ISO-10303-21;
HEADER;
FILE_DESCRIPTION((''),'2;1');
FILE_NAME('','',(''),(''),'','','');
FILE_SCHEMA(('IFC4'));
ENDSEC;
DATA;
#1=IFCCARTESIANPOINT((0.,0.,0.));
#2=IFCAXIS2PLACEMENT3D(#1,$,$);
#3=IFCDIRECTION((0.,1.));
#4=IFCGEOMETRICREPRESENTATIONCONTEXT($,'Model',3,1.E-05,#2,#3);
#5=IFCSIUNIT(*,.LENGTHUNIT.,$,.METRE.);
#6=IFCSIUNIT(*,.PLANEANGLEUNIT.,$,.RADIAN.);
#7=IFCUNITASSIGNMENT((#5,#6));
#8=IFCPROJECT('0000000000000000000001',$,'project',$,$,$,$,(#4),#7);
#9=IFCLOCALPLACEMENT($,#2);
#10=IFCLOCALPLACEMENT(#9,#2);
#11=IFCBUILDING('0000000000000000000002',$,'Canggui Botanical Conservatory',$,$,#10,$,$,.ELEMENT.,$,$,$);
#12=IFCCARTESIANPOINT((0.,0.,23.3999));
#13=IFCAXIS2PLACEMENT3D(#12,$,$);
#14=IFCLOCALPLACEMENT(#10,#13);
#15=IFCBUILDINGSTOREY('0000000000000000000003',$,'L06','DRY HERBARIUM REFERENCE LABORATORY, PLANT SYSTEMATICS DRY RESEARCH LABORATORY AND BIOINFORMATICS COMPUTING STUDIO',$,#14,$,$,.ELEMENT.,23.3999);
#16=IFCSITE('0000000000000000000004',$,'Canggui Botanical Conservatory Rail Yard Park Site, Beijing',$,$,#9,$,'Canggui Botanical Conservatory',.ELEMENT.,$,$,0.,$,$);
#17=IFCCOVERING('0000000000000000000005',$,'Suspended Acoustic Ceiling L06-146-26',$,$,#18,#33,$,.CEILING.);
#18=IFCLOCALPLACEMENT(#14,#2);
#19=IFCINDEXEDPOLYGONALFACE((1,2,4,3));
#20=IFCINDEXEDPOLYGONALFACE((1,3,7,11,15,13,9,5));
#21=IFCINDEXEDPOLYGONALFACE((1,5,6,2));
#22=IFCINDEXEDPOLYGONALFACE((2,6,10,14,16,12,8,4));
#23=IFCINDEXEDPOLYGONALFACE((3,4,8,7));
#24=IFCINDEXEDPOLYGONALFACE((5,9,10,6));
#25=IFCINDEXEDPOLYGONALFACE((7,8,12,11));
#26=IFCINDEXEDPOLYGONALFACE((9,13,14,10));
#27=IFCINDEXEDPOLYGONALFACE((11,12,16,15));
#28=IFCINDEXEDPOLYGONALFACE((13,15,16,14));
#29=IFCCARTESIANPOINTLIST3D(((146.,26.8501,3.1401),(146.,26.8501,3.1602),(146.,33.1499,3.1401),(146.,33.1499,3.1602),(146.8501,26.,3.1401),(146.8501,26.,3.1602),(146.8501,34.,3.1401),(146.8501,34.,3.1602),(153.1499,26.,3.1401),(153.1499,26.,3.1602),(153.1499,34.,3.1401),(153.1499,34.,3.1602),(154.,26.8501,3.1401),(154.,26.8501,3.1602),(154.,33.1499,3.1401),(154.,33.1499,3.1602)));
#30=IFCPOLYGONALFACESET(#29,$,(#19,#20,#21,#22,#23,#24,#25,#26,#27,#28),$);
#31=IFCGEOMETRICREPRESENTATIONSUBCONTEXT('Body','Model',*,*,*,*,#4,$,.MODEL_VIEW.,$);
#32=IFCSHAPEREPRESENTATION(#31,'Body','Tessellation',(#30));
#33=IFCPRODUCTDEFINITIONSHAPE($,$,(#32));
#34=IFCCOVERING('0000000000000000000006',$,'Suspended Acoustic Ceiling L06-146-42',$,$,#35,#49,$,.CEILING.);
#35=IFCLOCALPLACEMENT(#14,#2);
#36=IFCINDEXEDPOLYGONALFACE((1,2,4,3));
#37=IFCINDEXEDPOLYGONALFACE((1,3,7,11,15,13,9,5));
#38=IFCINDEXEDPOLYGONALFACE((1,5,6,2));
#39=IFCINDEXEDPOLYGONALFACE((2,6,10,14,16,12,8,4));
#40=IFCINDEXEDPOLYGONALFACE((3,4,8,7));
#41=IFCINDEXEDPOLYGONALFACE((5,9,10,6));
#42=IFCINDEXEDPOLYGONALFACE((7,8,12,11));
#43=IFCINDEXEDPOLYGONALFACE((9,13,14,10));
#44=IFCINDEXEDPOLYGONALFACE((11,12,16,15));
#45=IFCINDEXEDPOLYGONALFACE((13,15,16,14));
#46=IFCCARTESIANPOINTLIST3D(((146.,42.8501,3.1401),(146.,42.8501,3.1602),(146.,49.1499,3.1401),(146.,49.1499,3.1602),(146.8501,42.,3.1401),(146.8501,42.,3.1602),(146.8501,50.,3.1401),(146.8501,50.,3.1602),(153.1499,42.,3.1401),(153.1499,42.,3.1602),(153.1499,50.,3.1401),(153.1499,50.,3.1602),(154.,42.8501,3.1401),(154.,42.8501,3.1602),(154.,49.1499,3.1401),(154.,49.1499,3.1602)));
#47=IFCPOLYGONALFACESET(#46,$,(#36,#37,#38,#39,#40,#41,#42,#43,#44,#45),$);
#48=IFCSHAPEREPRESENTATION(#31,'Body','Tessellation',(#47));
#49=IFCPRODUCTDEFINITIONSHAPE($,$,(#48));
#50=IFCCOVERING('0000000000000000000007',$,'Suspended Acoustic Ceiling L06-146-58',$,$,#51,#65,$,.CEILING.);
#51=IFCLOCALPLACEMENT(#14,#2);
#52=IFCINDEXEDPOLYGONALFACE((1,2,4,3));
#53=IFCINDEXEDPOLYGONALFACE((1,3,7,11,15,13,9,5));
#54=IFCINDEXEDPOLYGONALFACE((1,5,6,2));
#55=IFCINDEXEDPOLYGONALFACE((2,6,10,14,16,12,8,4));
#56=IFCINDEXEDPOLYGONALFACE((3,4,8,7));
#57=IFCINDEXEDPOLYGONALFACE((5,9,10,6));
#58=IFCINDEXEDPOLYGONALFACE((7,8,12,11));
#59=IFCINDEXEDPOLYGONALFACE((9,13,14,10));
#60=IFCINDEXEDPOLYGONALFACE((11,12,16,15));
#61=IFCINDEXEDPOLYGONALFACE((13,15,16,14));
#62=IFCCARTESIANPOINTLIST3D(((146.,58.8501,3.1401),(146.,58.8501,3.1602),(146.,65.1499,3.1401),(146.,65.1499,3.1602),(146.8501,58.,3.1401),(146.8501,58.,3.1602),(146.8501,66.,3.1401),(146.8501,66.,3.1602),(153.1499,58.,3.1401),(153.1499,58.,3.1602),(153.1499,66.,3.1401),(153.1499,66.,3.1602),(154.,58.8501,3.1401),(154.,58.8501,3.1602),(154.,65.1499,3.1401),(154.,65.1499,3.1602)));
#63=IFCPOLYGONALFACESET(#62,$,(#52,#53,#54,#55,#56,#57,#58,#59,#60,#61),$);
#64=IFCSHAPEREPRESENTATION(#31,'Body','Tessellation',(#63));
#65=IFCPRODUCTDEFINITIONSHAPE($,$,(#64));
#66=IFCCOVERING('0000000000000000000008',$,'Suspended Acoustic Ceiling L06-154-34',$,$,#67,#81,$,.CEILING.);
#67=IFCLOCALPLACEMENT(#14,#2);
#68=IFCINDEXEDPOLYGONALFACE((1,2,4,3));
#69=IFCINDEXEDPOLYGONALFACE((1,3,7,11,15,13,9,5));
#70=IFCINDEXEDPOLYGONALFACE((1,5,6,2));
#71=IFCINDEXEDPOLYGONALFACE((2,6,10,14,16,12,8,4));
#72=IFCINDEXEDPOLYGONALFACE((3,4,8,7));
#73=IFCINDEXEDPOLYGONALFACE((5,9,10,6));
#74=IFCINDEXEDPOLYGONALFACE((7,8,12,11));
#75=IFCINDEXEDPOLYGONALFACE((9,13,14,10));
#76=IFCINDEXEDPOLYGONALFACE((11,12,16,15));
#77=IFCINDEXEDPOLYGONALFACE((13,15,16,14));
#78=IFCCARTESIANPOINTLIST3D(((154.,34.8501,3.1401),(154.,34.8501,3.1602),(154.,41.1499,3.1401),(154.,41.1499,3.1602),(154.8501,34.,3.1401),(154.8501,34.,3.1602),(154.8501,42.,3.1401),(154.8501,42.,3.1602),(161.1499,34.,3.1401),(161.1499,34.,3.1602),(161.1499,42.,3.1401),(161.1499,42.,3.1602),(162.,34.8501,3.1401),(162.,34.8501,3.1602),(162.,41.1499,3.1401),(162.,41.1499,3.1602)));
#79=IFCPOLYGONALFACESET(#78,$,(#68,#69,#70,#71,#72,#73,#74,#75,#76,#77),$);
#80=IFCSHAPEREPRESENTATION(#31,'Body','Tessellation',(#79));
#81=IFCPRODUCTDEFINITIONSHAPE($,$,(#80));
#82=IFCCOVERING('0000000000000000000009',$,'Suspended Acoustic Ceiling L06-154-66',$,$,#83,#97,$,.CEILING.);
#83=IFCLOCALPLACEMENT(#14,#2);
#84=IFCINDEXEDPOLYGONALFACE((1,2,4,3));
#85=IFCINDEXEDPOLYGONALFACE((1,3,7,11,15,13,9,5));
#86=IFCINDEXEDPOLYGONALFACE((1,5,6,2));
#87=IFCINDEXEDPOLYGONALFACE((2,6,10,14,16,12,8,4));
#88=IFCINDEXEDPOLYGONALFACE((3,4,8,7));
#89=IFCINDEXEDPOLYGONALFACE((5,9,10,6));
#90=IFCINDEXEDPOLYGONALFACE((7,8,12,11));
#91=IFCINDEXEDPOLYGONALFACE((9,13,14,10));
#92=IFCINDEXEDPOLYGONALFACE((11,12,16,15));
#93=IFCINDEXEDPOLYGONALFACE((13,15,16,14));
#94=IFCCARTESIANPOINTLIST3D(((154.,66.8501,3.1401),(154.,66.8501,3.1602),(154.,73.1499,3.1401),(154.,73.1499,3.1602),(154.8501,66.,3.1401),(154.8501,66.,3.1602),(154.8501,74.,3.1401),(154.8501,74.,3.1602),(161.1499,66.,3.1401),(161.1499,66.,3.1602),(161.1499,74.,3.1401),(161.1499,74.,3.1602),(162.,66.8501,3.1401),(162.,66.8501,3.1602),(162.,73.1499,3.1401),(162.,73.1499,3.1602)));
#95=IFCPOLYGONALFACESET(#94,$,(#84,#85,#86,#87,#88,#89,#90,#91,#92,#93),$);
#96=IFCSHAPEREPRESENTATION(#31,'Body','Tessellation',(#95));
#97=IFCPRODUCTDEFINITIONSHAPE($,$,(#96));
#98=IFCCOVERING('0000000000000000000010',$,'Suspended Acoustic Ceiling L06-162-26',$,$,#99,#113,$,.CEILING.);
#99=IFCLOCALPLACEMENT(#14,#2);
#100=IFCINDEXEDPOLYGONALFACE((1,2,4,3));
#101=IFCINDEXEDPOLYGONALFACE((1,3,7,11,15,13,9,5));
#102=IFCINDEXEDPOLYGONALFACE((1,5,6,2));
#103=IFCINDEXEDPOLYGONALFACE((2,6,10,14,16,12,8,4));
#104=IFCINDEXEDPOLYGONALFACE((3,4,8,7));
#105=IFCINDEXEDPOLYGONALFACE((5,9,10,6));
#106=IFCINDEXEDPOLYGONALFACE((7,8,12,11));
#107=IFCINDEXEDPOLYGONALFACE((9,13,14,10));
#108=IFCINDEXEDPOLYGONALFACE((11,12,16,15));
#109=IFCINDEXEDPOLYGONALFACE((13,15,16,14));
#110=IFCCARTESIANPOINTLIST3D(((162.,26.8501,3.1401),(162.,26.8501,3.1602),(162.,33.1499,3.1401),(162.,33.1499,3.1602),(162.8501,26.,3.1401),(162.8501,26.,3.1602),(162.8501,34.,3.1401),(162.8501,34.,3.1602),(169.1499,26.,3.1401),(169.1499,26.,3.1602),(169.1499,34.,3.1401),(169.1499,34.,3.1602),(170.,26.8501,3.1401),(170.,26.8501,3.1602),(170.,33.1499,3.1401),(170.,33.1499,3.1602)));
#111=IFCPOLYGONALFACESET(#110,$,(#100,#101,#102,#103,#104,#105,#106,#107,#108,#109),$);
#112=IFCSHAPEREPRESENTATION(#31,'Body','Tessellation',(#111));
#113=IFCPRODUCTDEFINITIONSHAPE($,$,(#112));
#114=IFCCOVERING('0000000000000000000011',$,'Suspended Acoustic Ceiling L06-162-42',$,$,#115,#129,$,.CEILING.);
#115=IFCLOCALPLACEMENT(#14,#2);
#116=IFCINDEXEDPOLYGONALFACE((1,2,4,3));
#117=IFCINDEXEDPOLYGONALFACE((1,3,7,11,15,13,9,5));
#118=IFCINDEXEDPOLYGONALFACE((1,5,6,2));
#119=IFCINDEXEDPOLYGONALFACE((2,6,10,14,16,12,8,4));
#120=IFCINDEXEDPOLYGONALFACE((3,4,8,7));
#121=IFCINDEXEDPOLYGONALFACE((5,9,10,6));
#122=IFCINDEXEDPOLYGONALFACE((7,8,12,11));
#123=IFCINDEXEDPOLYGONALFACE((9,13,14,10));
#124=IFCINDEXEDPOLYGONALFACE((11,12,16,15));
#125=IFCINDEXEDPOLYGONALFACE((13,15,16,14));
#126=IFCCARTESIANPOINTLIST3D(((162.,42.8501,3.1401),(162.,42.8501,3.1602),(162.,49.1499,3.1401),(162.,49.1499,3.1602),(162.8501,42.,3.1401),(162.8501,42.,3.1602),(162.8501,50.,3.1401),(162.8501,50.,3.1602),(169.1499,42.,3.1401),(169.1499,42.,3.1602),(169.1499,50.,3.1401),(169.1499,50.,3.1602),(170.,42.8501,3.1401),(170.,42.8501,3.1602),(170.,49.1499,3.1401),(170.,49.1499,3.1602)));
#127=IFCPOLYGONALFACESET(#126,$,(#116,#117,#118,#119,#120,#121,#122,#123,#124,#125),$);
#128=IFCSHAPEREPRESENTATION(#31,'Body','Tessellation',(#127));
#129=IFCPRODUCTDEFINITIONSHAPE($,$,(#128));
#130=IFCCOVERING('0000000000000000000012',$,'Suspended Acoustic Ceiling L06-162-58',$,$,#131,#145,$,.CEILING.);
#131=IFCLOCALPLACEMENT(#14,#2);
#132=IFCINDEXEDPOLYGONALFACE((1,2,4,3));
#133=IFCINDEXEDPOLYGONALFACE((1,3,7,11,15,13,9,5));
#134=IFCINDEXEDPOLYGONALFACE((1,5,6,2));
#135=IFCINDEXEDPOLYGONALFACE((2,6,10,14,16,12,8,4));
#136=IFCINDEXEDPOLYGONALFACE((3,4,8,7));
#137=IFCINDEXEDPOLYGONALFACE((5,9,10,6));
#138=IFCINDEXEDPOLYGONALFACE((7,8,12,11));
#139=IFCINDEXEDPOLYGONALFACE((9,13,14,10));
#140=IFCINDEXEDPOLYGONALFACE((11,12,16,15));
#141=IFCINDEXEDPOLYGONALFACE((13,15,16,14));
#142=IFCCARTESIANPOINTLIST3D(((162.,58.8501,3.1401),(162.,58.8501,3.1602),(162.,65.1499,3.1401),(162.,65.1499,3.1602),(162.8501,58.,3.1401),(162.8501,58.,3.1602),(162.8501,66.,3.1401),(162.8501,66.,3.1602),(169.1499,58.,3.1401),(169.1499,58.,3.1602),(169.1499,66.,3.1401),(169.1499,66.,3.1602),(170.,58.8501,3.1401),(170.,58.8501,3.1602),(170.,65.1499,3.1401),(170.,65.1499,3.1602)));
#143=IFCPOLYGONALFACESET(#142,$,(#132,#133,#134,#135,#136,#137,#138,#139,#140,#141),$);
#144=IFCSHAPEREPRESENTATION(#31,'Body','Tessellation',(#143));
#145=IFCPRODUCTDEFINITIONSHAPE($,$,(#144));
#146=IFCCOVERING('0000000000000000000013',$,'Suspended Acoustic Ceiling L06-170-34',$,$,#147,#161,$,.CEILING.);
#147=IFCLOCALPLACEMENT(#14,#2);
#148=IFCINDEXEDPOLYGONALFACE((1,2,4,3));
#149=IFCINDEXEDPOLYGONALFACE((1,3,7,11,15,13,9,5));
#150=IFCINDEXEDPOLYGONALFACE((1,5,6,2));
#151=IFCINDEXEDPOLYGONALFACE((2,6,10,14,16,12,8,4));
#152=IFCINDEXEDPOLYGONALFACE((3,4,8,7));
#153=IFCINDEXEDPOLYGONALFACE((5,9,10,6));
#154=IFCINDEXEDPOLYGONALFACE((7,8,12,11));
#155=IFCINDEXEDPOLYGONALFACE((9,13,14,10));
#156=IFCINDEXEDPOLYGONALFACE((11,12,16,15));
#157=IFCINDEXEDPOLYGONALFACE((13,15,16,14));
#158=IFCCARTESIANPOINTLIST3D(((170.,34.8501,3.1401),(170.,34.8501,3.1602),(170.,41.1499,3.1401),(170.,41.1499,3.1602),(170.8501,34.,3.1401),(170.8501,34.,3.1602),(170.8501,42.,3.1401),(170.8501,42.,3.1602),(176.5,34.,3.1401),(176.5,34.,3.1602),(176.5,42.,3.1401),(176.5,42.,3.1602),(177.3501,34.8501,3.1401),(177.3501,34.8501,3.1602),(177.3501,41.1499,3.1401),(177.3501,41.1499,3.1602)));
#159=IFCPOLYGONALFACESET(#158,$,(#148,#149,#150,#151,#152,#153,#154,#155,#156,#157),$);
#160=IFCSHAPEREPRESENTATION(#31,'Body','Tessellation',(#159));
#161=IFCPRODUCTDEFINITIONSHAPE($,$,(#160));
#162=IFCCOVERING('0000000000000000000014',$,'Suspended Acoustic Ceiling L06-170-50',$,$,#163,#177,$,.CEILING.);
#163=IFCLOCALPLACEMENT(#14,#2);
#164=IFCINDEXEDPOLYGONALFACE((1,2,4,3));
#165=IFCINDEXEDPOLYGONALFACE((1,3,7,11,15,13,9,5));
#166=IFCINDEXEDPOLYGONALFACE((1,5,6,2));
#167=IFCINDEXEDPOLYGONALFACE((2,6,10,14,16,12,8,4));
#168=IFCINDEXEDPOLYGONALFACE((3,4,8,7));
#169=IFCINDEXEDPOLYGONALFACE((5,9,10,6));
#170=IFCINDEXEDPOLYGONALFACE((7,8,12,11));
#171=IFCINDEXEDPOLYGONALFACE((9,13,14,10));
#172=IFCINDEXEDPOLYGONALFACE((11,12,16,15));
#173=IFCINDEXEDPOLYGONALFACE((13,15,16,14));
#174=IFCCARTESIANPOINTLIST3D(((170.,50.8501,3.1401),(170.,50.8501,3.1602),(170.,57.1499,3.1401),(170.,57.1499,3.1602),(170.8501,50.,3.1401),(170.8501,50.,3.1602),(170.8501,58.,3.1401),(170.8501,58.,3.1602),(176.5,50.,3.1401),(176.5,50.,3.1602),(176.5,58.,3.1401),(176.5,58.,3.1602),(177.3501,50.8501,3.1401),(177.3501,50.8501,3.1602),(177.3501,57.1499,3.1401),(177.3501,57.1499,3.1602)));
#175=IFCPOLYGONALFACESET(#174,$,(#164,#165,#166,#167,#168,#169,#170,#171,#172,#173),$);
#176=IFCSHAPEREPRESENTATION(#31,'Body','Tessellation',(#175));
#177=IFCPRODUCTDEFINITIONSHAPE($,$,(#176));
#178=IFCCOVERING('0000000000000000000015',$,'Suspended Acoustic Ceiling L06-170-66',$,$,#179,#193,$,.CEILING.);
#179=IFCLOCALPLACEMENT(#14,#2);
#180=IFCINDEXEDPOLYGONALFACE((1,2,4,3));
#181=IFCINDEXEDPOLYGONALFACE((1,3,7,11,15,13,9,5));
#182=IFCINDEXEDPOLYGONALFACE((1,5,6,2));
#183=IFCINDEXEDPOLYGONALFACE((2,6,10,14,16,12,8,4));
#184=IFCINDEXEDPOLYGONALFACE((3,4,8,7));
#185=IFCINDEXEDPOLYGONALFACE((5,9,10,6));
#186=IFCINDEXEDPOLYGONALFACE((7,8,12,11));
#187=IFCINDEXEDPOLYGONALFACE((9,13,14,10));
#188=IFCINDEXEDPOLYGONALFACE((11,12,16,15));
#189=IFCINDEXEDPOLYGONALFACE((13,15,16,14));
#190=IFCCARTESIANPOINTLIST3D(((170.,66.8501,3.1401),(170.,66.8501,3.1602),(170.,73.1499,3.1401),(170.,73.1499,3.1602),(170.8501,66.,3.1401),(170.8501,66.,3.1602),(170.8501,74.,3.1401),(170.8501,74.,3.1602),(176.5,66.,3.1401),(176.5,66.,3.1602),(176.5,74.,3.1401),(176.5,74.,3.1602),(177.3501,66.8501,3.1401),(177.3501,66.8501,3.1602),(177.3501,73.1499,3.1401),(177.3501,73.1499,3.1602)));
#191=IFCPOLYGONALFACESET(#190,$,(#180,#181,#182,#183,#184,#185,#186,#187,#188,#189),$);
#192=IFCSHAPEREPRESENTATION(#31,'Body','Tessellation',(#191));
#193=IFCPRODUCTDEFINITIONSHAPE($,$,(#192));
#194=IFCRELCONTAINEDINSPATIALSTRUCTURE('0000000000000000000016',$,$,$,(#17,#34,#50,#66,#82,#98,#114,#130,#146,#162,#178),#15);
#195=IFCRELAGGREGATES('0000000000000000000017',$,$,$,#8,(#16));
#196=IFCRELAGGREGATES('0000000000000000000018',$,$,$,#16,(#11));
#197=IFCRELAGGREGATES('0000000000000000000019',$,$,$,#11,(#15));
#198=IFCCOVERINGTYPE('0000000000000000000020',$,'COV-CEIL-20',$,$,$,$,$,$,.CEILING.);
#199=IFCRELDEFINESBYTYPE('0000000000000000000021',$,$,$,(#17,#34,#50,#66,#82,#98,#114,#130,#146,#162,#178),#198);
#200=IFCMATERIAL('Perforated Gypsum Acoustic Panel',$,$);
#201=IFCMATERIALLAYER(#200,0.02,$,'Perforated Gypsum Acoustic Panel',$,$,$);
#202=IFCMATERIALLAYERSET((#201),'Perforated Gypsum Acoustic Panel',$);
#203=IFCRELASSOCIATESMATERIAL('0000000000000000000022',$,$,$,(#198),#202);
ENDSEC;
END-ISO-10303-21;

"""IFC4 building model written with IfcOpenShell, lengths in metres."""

from ifc_helpers import new_model, si_unit, direction, frame, origin, place, context, subcontext, project, spatial, polyline, outline, extrude, material, layer, layer_set, type_object, element, save


model = new_model("IFC4")

# Units and contexts
model_context = context("Model", 3, precision=1e-05, world=origin(), true_north=direction((0.0, 1.0)))
body_context = subcontext(model_context, "Body", "Model", "MODEL_VIEW")
ifc_project = project(units=[si_unit("LENGTHUNIT", "METRE"), si_unit("PLANEANGLEUNIT", "RADIAN")], contexts=[model_context])

# Site, building, storey
site_placement = place(None, origin())
site = spatial("IfcSite", under=ifc_project, at=site_placement, Name="Canggui Botanical Conservatory Rail Yard Park Site, Beijing", LongName="Canggui Botanical Conservatory", CompositionType="ELEMENT", RefElevation=0.0)
building_placement = place(site_placement, origin())
building = spatial("IfcBuilding", under=site, at=building_placement, Name="Canggui Botanical Conservatory", CompositionType="ELEMENT")
storey_placement = place(building_placement, frame((0.0, 0.0, 23.3999)))
storey = spatial("IfcBuildingStorey", under=building, at=storey_placement, Name="L06", Description="DRY HERBARIUM REFERENCE LABORATORY, PLANT SYSTEMATICS DRY RESEARCH LABORATORY AND BIOINFORMATICS COMPUTING STUDIO", CompositionType="ELEMENT", Elevation=23.3999)

# Coverings
ifc_material_1 = material(Name="Perforated Gypsum Acoustic Panel")
ifc_layer_1 = layer(ifc_material_1, 0.02, Name="Perforated Gypsum Acoustic Panel")
ifc_layer_set_1 = layer_set([ifc_layer_1], Name="Perforated Gypsum Acoustic Panel")
covering_type_1 = type_object("IfcCoveringType", Name="COV-CEIL-20", PredefinedType="CEILING", material=ifc_layer_set_1)
covering_1_placement = place(storey_placement, frame((0.0, 0.0, 3.1401)))
element("IfcCovering", 1, at=covering_1_placement, inside=storey, type_object=covering_type_1, Name="Suspended Acoustic Ceiling L06-146-26", PredefinedType="CEILING", context=body_context, shape_type="SweptSolid", body=[
    extrude(outline(polyline([(146.8501, 26.0), (153.1499, 26.0), (154.0, 26.8501), (154.0, 33.1499), (153.1499, 34.0), (146.8501, 34.0), (146.0, 33.1499), (146.0, 26.8501), (146.8501, 26.0)])), origin(), (0.0, 0.0, 1.0), 0.02),
])
covering_2_placement = place(storey_placement, frame((0.0, 0.0, 3.1401)))
element("IfcCovering", 2, at=covering_2_placement, inside=storey, type_object=covering_type_1, Name="Suspended Acoustic Ceiling L06-146-42", PredefinedType="CEILING", context=body_context, shape_type="SweptSolid", body=[
    extrude(outline(polyline([(146.8501, 42.0), (153.1499, 42.0), (154.0, 42.8501), (154.0, 49.1499), (153.1499, 50.0), (146.8501, 50.0), (146.0, 49.1499), (146.0, 42.8501), (146.8501, 42.0)])), origin(), (0.0, 0.0, 1.0), 0.02),
])
covering_3_placement = place(storey_placement, frame((0.0, 0.0, 3.1401)))
element("IfcCovering", 3, at=covering_3_placement, inside=storey, type_object=covering_type_1, Name="Suspended Acoustic Ceiling L06-146-58", PredefinedType="CEILING", context=body_context, shape_type="SweptSolid", body=[
    extrude(outline(polyline([(146.8501, 58.0), (153.1499, 58.0), (154.0, 58.8501), (154.0, 65.1499), (153.1499, 66.0), (146.8501, 66.0), (146.0, 65.1499), (146.0, 58.8501), (146.8501, 58.0)])), origin(), (0.0, 0.0, 1.0), 0.02),
])
covering_4_placement = place(storey_placement, frame((0.0, 0.0, 3.1401)))
element("IfcCovering", 4, at=covering_4_placement, inside=storey, type_object=covering_type_1, Name="Suspended Acoustic Ceiling L06-154-34", PredefinedType="CEILING", context=body_context, shape_type="SweptSolid", body=[
    extrude(outline(polyline([(154.8501, 34.0), (161.1499, 34.0), (162.0, 34.8501), (162.0, 41.1499), (161.1499, 42.0), (154.8501, 42.0), (154.0, 41.1499), (154.0, 34.8501), (154.8501, 34.0)])), origin(), (0.0, 0.0, 1.0), 0.02),
])
covering_5_placement = place(storey_placement, frame((0.0, 0.0, 3.1401)))
element("IfcCovering", 5, at=covering_5_placement, inside=storey, type_object=covering_type_1, Name="Suspended Acoustic Ceiling L06-154-66", PredefinedType="CEILING", context=body_context, shape_type="SweptSolid", body=[
    extrude(outline(polyline([(154.8501, 66.0), (161.1499, 66.0), (162.0, 66.8501), (162.0, 73.1499), (161.1499, 74.0), (154.8501, 74.0), (154.0, 73.1499), (154.0, 66.8501), (154.8501, 66.0)])), origin(), (0.0, 0.0, 1.0), 0.02),
])
covering_6_placement = place(storey_placement, frame((0.0, 0.0, 3.1401)))
element("IfcCovering", 6, at=covering_6_placement, inside=storey, type_object=covering_type_1, Name="Suspended Acoustic Ceiling L06-162-26", PredefinedType="CEILING", context=body_context, shape_type="SweptSolid", body=[
    extrude(outline(polyline([(162.8501, 26.0), (169.1499, 26.0), (170.0, 26.8501), (170.0, 33.1499), (169.1499, 34.0), (162.8501, 34.0), (162.0, 33.1499), (162.0, 26.8501), (162.8501, 26.0)])), origin(), (0.0, 0.0, 1.0), 0.02),
])
covering_7_placement = place(storey_placement, frame((0.0, 0.0, 3.1401)))
element("IfcCovering", 7, at=covering_7_placement, inside=storey, type_object=covering_type_1, Name="Suspended Acoustic Ceiling L06-162-42", PredefinedType="CEILING", context=body_context, shape_type="SweptSolid", body=[
    extrude(outline(polyline([(162.8501, 42.0), (169.1499, 42.0), (170.0, 42.8501), (170.0, 49.1499), (169.1499, 50.0), (162.8501, 50.0), (162.0, 49.1499), (162.0, 42.8501), (162.8501, 42.0)])), origin(), (0.0, 0.0, 1.0), 0.02),
])
covering_8_placement = place(storey_placement, frame((0.0, 0.0, 3.1401)))
element("IfcCovering", 8, at=covering_8_placement, inside=storey, type_object=covering_type_1, Name="Suspended Acoustic Ceiling L06-162-58", PredefinedType="CEILING", context=body_context, shape_type="SweptSolid", body=[
    extrude(outline(polyline([(162.8501, 58.0), (169.1499, 58.0), (170.0, 58.8501), (170.0, 65.1499), (169.1499, 66.0), (162.8501, 66.0), (162.0, 65.1499), (162.0, 58.8501), (162.8501, 58.0)])), origin(), (0.0, 0.0, 1.0), 0.02),
])
covering_9_placement = place(storey_placement, frame((0.0, 0.0, 3.1401)))
element("IfcCovering", 9, at=covering_9_placement, inside=storey, type_object=covering_type_1, Name="Suspended Acoustic Ceiling L06-170-34", PredefinedType="CEILING", context=body_context, shape_type="SweptSolid", body=[
    extrude(outline(polyline([(170.8501, 34.0), (176.5, 34.0), (177.3501, 34.8501), (177.3501, 41.1499), (176.5, 42.0), (170.8501, 42.0), (170.0, 41.1499), (170.0, 34.8501), (170.8501, 34.0)])), origin(), (0.0, 0.0, 1.0), 0.02),
])
covering_10_placement = place(storey_placement, frame((0.0, 0.0, 3.1401)))
element("IfcCovering", 10, at=covering_10_placement, inside=storey, type_object=covering_type_1, Name="Suspended Acoustic Ceiling L06-170-50", PredefinedType="CEILING", context=body_context, shape_type="SweptSolid", body=[
    extrude(outline(polyline([(170.8501, 50.0), (176.5, 50.0), (177.3501, 50.8501), (177.3501, 57.1499), (176.5, 58.0), (170.8501, 58.0), (170.0, 57.1499), (170.0, 50.8501), (170.8501, 50.0)])), origin(), (0.0, 0.0, 1.0), 0.02),
])
covering_11_placement = place(storey_placement, frame((0.0, 0.0, 3.1401)))
element("IfcCovering", 11, at=covering_11_placement, inside=storey, type_object=covering_type_1, Name="Suspended Acoustic Ceiling L06-170-66", PredefinedType="CEILING", context=body_context, shape_type="SweptSolid", body=[
    extrude(outline(polyline([(170.8501, 66.0), (176.5, 66.0), (177.3501, 66.8501), (177.3501, 73.1499), (176.5, 74.0), (170.8501, 74.0), (170.0, 73.1499), (170.0, 66.8501), (170.8501, 66.0)])), origin(), (0.0, 0.0, 1.0), 0.02),
])

save(model, "model.ifc")
